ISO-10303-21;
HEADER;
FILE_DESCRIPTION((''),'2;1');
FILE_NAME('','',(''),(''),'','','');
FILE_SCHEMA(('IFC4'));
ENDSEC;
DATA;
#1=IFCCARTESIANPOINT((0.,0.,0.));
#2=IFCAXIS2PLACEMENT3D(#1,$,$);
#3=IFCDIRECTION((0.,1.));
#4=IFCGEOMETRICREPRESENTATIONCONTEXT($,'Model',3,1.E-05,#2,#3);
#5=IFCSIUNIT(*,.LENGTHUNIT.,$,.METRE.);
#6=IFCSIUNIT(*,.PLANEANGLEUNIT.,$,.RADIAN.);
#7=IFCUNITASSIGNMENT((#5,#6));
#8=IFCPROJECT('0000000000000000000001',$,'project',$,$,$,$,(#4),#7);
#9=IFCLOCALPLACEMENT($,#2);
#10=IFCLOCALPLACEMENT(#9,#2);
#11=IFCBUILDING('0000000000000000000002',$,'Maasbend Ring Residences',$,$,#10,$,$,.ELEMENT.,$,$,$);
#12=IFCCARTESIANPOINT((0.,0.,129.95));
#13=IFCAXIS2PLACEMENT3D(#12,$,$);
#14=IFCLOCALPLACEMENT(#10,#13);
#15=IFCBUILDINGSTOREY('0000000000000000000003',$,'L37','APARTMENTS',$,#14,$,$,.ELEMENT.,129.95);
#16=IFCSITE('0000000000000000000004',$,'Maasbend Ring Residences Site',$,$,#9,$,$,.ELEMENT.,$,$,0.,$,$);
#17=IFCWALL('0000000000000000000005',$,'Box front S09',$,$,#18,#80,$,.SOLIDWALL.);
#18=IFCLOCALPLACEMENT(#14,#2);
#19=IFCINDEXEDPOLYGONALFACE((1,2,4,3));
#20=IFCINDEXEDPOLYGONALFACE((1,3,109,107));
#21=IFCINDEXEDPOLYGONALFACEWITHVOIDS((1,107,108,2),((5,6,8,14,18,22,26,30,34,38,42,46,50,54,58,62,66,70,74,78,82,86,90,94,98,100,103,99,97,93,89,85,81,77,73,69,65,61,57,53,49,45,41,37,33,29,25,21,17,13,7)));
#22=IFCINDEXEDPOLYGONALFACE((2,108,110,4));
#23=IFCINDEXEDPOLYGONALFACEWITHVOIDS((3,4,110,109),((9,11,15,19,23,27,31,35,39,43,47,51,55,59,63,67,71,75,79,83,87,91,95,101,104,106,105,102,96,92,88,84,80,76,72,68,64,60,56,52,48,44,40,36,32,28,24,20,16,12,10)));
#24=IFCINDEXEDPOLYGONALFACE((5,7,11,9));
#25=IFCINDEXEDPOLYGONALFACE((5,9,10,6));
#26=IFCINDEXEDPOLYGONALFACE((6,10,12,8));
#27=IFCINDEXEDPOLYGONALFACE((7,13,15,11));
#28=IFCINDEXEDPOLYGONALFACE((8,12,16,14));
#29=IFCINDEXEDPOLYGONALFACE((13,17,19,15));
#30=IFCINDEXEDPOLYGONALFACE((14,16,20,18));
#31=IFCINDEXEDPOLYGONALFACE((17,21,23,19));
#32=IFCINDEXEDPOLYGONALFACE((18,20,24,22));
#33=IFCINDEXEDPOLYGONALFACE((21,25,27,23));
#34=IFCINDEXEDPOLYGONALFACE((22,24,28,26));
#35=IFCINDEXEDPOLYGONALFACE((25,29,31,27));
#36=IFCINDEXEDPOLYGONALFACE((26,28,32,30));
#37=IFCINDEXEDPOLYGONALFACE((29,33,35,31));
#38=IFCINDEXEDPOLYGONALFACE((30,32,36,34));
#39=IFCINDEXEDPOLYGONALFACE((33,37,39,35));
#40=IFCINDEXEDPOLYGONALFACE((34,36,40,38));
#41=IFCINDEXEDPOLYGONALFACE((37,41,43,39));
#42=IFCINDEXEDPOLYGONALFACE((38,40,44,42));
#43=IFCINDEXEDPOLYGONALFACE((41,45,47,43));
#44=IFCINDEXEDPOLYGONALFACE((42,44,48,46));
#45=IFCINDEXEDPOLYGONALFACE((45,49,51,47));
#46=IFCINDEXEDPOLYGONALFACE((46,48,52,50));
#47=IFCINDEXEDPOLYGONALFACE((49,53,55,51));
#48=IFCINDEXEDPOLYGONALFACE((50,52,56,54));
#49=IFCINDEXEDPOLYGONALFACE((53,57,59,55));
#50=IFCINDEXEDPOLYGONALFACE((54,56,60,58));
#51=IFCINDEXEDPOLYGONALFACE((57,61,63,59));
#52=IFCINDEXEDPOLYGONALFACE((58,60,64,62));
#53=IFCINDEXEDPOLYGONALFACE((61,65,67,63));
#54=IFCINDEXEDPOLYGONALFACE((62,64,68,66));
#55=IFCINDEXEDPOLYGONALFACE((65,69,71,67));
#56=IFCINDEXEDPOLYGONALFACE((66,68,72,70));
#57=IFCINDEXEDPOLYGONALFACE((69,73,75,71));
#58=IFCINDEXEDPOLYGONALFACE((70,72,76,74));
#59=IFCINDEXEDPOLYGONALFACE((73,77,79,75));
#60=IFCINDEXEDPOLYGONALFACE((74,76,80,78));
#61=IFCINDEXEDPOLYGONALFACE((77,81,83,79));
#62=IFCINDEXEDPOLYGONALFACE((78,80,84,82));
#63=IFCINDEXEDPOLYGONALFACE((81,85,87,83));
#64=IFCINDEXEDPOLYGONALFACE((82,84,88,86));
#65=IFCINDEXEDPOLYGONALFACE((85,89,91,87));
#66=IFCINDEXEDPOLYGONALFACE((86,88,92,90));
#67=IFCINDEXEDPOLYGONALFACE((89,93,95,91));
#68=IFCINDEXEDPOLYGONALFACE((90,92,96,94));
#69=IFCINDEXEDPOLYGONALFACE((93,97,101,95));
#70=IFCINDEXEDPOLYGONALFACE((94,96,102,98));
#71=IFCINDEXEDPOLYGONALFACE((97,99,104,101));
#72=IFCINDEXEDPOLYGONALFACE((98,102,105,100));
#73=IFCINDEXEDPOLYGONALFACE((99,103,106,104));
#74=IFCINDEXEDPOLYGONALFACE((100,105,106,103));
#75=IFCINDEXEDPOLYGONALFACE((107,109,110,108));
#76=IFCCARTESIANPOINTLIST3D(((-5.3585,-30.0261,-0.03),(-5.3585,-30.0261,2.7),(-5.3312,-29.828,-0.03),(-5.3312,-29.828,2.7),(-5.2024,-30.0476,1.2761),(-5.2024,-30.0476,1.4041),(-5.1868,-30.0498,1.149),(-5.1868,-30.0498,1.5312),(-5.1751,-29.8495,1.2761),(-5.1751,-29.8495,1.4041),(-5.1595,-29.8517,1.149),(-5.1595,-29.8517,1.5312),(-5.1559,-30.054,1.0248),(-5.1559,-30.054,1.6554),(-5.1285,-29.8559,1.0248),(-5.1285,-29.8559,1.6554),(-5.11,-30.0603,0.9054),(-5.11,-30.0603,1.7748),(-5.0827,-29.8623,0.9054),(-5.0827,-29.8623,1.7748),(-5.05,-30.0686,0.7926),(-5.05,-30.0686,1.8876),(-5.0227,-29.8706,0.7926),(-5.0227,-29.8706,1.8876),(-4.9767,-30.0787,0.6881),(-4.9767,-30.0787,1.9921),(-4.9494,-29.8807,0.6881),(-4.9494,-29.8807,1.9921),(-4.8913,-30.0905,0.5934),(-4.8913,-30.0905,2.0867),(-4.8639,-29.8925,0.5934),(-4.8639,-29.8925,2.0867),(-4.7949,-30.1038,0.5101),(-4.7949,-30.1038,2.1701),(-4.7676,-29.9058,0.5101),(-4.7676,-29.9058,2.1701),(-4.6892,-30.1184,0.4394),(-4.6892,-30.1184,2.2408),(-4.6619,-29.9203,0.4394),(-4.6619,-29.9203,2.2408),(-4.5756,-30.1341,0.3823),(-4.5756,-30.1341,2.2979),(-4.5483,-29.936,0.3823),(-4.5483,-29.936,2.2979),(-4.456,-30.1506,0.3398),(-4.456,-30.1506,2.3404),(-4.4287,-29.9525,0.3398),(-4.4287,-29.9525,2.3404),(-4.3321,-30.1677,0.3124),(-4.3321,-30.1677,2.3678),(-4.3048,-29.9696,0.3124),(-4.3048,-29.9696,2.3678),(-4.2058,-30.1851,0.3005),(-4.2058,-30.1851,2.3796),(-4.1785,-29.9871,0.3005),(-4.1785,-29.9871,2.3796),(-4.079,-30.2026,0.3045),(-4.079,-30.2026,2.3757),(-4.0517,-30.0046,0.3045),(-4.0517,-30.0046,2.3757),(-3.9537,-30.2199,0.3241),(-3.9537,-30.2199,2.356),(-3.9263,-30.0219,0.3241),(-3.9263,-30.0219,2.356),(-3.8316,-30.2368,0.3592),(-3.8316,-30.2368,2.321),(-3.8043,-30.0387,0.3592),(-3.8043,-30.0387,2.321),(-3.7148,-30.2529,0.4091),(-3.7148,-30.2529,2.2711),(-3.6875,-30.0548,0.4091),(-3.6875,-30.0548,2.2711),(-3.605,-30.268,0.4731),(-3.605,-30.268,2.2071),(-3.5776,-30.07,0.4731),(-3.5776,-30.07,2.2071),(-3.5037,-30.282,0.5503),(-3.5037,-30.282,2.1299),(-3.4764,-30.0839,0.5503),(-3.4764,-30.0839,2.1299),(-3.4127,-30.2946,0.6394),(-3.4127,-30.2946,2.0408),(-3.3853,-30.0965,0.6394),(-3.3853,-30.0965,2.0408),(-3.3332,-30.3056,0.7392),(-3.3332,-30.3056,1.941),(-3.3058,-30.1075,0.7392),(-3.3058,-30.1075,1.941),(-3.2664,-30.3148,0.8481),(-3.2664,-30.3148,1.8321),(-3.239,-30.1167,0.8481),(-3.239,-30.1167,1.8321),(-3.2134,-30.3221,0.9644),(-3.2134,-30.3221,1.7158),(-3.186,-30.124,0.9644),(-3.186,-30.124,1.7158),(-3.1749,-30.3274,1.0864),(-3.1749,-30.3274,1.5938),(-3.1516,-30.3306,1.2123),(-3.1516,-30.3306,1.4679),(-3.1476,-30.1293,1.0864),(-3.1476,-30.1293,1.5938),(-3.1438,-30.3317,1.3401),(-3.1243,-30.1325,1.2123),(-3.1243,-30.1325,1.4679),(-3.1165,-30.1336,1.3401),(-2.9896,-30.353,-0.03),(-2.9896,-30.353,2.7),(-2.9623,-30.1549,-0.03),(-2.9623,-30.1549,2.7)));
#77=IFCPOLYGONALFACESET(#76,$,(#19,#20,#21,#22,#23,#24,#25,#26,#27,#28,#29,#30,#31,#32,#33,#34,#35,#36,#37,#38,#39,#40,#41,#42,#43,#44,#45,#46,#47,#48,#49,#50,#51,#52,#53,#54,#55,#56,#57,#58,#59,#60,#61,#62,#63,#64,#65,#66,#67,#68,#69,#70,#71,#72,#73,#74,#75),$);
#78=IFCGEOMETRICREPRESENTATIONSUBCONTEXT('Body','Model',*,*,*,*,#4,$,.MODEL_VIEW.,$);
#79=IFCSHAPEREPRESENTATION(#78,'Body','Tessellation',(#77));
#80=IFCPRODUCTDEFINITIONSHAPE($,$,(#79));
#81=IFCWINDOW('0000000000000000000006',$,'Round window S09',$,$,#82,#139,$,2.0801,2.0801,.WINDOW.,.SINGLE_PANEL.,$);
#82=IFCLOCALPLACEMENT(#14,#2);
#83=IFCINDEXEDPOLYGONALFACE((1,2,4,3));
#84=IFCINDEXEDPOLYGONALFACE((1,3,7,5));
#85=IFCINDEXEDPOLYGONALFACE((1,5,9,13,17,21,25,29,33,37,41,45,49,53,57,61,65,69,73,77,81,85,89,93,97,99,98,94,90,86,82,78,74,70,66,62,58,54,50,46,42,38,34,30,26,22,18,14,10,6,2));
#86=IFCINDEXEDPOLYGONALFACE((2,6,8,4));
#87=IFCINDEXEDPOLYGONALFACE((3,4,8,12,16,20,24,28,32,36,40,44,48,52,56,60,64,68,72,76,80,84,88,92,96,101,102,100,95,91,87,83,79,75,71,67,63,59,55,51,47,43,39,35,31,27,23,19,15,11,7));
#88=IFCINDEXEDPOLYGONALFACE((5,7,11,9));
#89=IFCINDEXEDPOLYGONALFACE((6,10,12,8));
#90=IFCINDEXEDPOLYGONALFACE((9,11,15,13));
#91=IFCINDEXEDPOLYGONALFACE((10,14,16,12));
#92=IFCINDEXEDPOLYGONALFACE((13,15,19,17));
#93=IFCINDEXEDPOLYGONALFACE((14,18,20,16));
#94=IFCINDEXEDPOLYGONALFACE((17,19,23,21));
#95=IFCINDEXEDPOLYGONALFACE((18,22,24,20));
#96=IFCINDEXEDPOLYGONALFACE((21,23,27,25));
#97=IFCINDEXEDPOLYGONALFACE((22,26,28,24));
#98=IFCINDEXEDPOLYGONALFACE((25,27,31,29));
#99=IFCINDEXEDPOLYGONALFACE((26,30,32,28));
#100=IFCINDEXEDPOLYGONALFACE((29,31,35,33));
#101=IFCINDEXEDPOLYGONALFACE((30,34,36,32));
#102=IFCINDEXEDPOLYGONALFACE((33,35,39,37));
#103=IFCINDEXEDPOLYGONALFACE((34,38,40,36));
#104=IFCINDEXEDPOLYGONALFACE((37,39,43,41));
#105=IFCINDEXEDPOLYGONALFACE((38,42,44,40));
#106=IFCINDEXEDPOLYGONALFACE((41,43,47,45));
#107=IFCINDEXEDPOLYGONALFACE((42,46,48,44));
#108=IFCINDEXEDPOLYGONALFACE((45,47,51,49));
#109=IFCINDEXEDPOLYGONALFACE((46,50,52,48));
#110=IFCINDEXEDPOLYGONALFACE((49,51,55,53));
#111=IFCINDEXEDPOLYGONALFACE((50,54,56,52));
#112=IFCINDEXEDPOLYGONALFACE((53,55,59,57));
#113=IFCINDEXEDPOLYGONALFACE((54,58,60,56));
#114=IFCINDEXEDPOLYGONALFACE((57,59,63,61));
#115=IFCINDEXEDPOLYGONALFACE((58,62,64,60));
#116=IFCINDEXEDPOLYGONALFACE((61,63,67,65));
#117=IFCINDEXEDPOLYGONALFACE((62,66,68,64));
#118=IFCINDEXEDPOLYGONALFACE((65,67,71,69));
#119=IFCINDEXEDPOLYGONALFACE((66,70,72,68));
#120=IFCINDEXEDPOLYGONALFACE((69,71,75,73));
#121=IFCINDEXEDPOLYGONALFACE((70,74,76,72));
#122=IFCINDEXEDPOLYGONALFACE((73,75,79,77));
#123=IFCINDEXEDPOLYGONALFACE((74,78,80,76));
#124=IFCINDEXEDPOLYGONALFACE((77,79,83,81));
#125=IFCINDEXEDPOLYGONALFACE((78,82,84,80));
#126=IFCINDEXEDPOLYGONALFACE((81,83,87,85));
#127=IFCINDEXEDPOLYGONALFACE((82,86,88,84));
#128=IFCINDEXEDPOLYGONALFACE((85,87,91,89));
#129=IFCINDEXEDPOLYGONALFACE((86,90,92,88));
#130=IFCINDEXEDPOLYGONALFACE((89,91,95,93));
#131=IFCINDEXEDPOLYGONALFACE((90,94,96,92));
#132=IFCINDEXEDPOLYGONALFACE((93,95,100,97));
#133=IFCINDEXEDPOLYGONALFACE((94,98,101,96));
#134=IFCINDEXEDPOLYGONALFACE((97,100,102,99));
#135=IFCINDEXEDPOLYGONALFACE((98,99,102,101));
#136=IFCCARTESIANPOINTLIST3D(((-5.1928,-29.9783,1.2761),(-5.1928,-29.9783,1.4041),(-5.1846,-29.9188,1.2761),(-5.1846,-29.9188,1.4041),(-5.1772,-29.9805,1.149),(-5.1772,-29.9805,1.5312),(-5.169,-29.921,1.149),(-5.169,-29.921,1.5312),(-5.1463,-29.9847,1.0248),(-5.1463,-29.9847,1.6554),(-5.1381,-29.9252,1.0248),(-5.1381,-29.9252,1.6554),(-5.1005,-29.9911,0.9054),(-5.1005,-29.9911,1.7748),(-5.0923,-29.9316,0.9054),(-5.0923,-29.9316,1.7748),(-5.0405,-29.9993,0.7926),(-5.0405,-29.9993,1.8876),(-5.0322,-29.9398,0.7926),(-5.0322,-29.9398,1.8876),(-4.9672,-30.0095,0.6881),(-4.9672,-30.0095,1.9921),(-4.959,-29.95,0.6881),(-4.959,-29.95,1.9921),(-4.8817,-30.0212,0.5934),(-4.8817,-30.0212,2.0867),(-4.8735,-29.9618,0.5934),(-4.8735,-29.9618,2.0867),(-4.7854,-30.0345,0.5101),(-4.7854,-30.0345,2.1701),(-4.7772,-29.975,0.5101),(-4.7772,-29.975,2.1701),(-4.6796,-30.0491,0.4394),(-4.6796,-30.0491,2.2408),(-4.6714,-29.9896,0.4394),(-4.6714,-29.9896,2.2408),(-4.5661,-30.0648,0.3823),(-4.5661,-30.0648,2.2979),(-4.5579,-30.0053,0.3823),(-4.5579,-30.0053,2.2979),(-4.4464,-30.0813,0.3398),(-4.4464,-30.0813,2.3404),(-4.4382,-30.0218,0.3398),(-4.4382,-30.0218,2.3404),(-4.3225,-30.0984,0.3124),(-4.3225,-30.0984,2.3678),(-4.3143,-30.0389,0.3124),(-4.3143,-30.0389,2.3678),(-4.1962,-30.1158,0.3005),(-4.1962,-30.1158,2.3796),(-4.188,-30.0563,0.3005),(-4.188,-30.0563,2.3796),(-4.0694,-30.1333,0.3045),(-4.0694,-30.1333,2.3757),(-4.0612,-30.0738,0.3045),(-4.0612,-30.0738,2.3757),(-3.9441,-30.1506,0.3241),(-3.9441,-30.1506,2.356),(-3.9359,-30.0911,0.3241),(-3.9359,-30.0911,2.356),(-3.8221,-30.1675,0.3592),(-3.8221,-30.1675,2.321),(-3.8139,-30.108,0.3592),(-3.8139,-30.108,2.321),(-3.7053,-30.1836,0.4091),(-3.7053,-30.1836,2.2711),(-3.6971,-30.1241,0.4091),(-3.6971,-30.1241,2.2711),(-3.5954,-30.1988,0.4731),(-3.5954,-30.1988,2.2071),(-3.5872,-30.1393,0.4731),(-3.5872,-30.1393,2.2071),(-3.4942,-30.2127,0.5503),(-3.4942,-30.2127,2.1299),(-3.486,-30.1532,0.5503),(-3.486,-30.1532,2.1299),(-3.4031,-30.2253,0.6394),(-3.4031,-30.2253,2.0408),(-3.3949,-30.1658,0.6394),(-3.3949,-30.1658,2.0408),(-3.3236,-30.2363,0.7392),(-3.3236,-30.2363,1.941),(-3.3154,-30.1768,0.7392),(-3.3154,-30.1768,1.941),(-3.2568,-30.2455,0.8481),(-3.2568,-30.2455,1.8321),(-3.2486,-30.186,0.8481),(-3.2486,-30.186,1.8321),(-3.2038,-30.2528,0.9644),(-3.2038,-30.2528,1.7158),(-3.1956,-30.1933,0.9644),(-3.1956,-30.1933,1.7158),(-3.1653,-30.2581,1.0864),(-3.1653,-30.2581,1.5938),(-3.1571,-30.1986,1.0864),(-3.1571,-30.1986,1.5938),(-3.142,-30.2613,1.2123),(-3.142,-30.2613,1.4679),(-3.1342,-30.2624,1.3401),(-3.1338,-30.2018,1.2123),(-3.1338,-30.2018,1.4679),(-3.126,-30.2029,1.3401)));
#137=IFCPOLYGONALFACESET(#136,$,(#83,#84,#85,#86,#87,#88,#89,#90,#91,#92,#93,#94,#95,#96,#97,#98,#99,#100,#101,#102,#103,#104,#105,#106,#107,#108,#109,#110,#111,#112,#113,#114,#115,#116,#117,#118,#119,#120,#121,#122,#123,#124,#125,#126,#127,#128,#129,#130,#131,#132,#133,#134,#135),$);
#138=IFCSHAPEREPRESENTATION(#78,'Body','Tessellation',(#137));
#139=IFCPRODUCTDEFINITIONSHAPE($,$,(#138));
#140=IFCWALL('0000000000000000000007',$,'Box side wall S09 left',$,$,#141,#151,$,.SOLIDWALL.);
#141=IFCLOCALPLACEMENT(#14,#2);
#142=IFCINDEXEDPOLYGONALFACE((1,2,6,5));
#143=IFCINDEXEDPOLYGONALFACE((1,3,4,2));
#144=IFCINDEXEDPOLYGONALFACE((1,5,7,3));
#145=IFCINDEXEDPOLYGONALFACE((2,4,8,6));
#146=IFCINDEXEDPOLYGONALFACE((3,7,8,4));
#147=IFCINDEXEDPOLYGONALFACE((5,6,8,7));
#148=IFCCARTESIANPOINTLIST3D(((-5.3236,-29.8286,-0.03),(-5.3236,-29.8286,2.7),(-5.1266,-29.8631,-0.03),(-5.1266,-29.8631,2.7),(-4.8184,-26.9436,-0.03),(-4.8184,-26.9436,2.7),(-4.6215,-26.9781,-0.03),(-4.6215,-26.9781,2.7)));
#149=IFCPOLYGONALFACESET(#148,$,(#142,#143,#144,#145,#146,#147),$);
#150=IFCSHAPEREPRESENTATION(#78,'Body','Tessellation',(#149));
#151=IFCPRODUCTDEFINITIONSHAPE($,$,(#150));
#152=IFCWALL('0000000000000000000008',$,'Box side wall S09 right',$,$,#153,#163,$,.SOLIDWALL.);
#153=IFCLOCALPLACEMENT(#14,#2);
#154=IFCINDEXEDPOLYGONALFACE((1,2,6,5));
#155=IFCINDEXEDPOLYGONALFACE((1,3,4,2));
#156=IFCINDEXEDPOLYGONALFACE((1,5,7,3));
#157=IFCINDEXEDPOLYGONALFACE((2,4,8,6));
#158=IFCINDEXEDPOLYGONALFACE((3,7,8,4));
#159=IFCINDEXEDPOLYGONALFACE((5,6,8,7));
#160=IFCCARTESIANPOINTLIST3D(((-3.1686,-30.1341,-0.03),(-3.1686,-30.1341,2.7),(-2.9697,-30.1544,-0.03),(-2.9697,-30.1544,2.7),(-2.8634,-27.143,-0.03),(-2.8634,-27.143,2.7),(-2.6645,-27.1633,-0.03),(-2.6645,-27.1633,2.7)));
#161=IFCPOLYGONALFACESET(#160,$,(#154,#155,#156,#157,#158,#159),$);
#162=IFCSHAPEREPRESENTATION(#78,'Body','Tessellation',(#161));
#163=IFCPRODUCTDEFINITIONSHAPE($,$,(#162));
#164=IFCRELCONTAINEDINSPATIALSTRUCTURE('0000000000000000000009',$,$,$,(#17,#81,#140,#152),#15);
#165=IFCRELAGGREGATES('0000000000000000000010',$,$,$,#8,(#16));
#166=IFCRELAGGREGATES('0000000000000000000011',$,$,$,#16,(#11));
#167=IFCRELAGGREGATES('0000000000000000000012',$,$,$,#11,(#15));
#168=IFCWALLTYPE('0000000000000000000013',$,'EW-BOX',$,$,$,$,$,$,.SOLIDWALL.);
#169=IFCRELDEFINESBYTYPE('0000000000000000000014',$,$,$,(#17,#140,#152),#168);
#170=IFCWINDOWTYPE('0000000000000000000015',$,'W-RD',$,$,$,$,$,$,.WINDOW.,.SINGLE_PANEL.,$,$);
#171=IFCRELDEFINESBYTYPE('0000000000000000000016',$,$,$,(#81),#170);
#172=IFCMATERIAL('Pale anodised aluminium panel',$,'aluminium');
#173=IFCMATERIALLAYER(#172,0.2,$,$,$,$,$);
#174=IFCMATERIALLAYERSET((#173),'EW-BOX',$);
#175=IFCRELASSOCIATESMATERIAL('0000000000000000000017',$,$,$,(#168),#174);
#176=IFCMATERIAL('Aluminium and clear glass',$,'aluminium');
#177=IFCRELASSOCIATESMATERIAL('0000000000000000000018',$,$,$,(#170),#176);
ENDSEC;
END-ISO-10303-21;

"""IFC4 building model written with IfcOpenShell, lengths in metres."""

from ifc_helpers import new_model, si_unit, direction, frame, frame_2d, origin, place, context, subcontext, project, spatial, rectangle, circle, extrude, material, layer, layer_set, type_object, element, fill, save


model = new_model("IFC4")

# Units and contexts
model_context = context("Model", 3, precision=1e-05, world=origin(), true_north=direction((0.0, 1.0)))
body_context = subcontext(model_context, "Body", "Model", "MODEL_VIEW")
ifc_project = project(units=[si_unit("LENGTHUNIT", "METRE"), si_unit("PLANEANGLEUNIT", "RADIAN")], contexts=[model_context])

# Site, building, storey
site_placement = place(None, origin())
site = spatial("IfcSite", under=ifc_project, at=site_placement, Name="Maasbend Ring Residences Site", CompositionType="ELEMENT", RefElevation=0.0)
building_placement = place(site_placement, origin())
building = spatial("IfcBuilding", under=site, at=building_placement, Name="Maasbend Ring Residences", CompositionType="ELEMENT")
storey_placement = place(building_placement, frame((0.0, 0.0, 129.95)))
storey = spatial("IfcBuildingStorey", under=building, at=storey_placement, Name="L37", Description="APARTMENTS", CompositionType="ELEMENT", Elevation=129.95)

# Shared definitions
ifc_material_1 = material(Name="Pale anodised aluminium panel", Category="aluminium")
ifc_layer_1 = layer(ifc_material_1, 0.2)
ifc_layer_set_1 = layer_set([ifc_layer_1], Name="EW-BOX")
wall_type_1 = type_object("IfcWallType", Name="EW-BOX", PredefinedType="SOLIDWALL", material=ifc_layer_set_1)

# Wall, opening, window
wall_1_placement = place(storey_placement, frame((-5.345, -29.927, -0.03), z_axis=(0.0, 0.0, 1.0), x_axis=(0.990612, -0.136703, 0.0)))
wall_1 = element("IfcWall", 1, at=wall_1_placement, inside=storey, type_object=wall_type_1, Name="Box front S09", PredefinedType="SOLIDWALL", context=body_context, shape_type="SweptSolid", body=[
    extrude(rectangle(XDim=2.3914, YDim=0.2, at=frame_2d((1.1958, 0.0))), origin(), (0.0, 0.0, 1.0), 2.73),
])
opening_1_placement = place(wall_1_placement, frame((0.1558, 0.0, 0.3301)))
opening_1 = element("IfcOpeningElement", 2, at=opening_1_placement, cuts=wall_1, PredefinedType="OPENING", context=body_context, shape_type="SweptSolid", body=[
    extrude(circle(Radius=1.04, at=frame_2d((1.04, 1.04))), frame((0.0, 0.1099, 0.0), z_axis=(0.0, -1.0, 0.0), x_axis=(1.0, 0.0, 0.0)), (0.0, 0.0, 1.0), 0.22),
])
ifc_material_2 = material(Name="Aluminium and clear glass", Category="aluminium")
window_type_1 = type_object("IfcWindowType", Name="W-RD", PartitioningType="SINGLE_PANEL", PredefinedType="WINDOW", material=ifc_material_2)
window_1_placement = place(opening_1_placement, origin())
window_1 = element("IfcWindow", 3, at=window_1_placement, inside=storey, type_object=window_type_1, Name="Round window S09", OverallHeight=2.0801, OverallWidth=2.0801, PartitioningType="SINGLE_PANEL", PredefinedType="WINDOW", context=body_context, shape_type="SweptSolid", body=[
    extrude(circle(Radius=1.04, at=frame_2d((1.04, 1.04))), frame((0.0, 0.03, 0.0), z_axis=(0.0, -1.0, 0.0), x_axis=(1.0, 0.0, 0.0)), (0.0, 0.0, 1.0), 0.0601),
])
fill(opening_1, window_1)

# Walls
wall_2_placement = place(storey_placement, frame((-4.72, -26.9609, -0.03), z_axis=(0.0, 0.0, 1.0), x_axis=(-0.172463, -0.985016, 0.0)))
element("IfcWall", 4, at=wall_2_placement, inside=storey, type_object=wall_type_1, Name="Box side wall S09 left", PredefinedType="SOLIDWALL", context=body_context, shape_type="SweptSolid", body=[
    extrude(rectangle(XDim=2.929, YDim=0.2, at=frame_2d((1.4644, 0.0))), origin(), (0.0, 0.0, 1.0), 2.73),
])
wall_3_placement = place(storey_placement, frame((-2.7639, -27.1531, -0.03), z_axis=(0.0, 0.0, 1.0), x_axis=(-0.101505, -0.994835, 0.0)))
element("IfcWall", 5, at=wall_3_placement, inside=storey, type_object=wall_type_1, Name="Box side wall S09 right", PredefinedType="SOLIDWALL", context=body_context, shape_type="SweptSolid", body=[
    extrude(rectangle(XDim=3.0066, YDim=0.2, at=frame_2d((1.5034, 0.0))), origin(), (0.0, 0.0, 1.0), 2.73),
])

save(model, "model.ifc")
